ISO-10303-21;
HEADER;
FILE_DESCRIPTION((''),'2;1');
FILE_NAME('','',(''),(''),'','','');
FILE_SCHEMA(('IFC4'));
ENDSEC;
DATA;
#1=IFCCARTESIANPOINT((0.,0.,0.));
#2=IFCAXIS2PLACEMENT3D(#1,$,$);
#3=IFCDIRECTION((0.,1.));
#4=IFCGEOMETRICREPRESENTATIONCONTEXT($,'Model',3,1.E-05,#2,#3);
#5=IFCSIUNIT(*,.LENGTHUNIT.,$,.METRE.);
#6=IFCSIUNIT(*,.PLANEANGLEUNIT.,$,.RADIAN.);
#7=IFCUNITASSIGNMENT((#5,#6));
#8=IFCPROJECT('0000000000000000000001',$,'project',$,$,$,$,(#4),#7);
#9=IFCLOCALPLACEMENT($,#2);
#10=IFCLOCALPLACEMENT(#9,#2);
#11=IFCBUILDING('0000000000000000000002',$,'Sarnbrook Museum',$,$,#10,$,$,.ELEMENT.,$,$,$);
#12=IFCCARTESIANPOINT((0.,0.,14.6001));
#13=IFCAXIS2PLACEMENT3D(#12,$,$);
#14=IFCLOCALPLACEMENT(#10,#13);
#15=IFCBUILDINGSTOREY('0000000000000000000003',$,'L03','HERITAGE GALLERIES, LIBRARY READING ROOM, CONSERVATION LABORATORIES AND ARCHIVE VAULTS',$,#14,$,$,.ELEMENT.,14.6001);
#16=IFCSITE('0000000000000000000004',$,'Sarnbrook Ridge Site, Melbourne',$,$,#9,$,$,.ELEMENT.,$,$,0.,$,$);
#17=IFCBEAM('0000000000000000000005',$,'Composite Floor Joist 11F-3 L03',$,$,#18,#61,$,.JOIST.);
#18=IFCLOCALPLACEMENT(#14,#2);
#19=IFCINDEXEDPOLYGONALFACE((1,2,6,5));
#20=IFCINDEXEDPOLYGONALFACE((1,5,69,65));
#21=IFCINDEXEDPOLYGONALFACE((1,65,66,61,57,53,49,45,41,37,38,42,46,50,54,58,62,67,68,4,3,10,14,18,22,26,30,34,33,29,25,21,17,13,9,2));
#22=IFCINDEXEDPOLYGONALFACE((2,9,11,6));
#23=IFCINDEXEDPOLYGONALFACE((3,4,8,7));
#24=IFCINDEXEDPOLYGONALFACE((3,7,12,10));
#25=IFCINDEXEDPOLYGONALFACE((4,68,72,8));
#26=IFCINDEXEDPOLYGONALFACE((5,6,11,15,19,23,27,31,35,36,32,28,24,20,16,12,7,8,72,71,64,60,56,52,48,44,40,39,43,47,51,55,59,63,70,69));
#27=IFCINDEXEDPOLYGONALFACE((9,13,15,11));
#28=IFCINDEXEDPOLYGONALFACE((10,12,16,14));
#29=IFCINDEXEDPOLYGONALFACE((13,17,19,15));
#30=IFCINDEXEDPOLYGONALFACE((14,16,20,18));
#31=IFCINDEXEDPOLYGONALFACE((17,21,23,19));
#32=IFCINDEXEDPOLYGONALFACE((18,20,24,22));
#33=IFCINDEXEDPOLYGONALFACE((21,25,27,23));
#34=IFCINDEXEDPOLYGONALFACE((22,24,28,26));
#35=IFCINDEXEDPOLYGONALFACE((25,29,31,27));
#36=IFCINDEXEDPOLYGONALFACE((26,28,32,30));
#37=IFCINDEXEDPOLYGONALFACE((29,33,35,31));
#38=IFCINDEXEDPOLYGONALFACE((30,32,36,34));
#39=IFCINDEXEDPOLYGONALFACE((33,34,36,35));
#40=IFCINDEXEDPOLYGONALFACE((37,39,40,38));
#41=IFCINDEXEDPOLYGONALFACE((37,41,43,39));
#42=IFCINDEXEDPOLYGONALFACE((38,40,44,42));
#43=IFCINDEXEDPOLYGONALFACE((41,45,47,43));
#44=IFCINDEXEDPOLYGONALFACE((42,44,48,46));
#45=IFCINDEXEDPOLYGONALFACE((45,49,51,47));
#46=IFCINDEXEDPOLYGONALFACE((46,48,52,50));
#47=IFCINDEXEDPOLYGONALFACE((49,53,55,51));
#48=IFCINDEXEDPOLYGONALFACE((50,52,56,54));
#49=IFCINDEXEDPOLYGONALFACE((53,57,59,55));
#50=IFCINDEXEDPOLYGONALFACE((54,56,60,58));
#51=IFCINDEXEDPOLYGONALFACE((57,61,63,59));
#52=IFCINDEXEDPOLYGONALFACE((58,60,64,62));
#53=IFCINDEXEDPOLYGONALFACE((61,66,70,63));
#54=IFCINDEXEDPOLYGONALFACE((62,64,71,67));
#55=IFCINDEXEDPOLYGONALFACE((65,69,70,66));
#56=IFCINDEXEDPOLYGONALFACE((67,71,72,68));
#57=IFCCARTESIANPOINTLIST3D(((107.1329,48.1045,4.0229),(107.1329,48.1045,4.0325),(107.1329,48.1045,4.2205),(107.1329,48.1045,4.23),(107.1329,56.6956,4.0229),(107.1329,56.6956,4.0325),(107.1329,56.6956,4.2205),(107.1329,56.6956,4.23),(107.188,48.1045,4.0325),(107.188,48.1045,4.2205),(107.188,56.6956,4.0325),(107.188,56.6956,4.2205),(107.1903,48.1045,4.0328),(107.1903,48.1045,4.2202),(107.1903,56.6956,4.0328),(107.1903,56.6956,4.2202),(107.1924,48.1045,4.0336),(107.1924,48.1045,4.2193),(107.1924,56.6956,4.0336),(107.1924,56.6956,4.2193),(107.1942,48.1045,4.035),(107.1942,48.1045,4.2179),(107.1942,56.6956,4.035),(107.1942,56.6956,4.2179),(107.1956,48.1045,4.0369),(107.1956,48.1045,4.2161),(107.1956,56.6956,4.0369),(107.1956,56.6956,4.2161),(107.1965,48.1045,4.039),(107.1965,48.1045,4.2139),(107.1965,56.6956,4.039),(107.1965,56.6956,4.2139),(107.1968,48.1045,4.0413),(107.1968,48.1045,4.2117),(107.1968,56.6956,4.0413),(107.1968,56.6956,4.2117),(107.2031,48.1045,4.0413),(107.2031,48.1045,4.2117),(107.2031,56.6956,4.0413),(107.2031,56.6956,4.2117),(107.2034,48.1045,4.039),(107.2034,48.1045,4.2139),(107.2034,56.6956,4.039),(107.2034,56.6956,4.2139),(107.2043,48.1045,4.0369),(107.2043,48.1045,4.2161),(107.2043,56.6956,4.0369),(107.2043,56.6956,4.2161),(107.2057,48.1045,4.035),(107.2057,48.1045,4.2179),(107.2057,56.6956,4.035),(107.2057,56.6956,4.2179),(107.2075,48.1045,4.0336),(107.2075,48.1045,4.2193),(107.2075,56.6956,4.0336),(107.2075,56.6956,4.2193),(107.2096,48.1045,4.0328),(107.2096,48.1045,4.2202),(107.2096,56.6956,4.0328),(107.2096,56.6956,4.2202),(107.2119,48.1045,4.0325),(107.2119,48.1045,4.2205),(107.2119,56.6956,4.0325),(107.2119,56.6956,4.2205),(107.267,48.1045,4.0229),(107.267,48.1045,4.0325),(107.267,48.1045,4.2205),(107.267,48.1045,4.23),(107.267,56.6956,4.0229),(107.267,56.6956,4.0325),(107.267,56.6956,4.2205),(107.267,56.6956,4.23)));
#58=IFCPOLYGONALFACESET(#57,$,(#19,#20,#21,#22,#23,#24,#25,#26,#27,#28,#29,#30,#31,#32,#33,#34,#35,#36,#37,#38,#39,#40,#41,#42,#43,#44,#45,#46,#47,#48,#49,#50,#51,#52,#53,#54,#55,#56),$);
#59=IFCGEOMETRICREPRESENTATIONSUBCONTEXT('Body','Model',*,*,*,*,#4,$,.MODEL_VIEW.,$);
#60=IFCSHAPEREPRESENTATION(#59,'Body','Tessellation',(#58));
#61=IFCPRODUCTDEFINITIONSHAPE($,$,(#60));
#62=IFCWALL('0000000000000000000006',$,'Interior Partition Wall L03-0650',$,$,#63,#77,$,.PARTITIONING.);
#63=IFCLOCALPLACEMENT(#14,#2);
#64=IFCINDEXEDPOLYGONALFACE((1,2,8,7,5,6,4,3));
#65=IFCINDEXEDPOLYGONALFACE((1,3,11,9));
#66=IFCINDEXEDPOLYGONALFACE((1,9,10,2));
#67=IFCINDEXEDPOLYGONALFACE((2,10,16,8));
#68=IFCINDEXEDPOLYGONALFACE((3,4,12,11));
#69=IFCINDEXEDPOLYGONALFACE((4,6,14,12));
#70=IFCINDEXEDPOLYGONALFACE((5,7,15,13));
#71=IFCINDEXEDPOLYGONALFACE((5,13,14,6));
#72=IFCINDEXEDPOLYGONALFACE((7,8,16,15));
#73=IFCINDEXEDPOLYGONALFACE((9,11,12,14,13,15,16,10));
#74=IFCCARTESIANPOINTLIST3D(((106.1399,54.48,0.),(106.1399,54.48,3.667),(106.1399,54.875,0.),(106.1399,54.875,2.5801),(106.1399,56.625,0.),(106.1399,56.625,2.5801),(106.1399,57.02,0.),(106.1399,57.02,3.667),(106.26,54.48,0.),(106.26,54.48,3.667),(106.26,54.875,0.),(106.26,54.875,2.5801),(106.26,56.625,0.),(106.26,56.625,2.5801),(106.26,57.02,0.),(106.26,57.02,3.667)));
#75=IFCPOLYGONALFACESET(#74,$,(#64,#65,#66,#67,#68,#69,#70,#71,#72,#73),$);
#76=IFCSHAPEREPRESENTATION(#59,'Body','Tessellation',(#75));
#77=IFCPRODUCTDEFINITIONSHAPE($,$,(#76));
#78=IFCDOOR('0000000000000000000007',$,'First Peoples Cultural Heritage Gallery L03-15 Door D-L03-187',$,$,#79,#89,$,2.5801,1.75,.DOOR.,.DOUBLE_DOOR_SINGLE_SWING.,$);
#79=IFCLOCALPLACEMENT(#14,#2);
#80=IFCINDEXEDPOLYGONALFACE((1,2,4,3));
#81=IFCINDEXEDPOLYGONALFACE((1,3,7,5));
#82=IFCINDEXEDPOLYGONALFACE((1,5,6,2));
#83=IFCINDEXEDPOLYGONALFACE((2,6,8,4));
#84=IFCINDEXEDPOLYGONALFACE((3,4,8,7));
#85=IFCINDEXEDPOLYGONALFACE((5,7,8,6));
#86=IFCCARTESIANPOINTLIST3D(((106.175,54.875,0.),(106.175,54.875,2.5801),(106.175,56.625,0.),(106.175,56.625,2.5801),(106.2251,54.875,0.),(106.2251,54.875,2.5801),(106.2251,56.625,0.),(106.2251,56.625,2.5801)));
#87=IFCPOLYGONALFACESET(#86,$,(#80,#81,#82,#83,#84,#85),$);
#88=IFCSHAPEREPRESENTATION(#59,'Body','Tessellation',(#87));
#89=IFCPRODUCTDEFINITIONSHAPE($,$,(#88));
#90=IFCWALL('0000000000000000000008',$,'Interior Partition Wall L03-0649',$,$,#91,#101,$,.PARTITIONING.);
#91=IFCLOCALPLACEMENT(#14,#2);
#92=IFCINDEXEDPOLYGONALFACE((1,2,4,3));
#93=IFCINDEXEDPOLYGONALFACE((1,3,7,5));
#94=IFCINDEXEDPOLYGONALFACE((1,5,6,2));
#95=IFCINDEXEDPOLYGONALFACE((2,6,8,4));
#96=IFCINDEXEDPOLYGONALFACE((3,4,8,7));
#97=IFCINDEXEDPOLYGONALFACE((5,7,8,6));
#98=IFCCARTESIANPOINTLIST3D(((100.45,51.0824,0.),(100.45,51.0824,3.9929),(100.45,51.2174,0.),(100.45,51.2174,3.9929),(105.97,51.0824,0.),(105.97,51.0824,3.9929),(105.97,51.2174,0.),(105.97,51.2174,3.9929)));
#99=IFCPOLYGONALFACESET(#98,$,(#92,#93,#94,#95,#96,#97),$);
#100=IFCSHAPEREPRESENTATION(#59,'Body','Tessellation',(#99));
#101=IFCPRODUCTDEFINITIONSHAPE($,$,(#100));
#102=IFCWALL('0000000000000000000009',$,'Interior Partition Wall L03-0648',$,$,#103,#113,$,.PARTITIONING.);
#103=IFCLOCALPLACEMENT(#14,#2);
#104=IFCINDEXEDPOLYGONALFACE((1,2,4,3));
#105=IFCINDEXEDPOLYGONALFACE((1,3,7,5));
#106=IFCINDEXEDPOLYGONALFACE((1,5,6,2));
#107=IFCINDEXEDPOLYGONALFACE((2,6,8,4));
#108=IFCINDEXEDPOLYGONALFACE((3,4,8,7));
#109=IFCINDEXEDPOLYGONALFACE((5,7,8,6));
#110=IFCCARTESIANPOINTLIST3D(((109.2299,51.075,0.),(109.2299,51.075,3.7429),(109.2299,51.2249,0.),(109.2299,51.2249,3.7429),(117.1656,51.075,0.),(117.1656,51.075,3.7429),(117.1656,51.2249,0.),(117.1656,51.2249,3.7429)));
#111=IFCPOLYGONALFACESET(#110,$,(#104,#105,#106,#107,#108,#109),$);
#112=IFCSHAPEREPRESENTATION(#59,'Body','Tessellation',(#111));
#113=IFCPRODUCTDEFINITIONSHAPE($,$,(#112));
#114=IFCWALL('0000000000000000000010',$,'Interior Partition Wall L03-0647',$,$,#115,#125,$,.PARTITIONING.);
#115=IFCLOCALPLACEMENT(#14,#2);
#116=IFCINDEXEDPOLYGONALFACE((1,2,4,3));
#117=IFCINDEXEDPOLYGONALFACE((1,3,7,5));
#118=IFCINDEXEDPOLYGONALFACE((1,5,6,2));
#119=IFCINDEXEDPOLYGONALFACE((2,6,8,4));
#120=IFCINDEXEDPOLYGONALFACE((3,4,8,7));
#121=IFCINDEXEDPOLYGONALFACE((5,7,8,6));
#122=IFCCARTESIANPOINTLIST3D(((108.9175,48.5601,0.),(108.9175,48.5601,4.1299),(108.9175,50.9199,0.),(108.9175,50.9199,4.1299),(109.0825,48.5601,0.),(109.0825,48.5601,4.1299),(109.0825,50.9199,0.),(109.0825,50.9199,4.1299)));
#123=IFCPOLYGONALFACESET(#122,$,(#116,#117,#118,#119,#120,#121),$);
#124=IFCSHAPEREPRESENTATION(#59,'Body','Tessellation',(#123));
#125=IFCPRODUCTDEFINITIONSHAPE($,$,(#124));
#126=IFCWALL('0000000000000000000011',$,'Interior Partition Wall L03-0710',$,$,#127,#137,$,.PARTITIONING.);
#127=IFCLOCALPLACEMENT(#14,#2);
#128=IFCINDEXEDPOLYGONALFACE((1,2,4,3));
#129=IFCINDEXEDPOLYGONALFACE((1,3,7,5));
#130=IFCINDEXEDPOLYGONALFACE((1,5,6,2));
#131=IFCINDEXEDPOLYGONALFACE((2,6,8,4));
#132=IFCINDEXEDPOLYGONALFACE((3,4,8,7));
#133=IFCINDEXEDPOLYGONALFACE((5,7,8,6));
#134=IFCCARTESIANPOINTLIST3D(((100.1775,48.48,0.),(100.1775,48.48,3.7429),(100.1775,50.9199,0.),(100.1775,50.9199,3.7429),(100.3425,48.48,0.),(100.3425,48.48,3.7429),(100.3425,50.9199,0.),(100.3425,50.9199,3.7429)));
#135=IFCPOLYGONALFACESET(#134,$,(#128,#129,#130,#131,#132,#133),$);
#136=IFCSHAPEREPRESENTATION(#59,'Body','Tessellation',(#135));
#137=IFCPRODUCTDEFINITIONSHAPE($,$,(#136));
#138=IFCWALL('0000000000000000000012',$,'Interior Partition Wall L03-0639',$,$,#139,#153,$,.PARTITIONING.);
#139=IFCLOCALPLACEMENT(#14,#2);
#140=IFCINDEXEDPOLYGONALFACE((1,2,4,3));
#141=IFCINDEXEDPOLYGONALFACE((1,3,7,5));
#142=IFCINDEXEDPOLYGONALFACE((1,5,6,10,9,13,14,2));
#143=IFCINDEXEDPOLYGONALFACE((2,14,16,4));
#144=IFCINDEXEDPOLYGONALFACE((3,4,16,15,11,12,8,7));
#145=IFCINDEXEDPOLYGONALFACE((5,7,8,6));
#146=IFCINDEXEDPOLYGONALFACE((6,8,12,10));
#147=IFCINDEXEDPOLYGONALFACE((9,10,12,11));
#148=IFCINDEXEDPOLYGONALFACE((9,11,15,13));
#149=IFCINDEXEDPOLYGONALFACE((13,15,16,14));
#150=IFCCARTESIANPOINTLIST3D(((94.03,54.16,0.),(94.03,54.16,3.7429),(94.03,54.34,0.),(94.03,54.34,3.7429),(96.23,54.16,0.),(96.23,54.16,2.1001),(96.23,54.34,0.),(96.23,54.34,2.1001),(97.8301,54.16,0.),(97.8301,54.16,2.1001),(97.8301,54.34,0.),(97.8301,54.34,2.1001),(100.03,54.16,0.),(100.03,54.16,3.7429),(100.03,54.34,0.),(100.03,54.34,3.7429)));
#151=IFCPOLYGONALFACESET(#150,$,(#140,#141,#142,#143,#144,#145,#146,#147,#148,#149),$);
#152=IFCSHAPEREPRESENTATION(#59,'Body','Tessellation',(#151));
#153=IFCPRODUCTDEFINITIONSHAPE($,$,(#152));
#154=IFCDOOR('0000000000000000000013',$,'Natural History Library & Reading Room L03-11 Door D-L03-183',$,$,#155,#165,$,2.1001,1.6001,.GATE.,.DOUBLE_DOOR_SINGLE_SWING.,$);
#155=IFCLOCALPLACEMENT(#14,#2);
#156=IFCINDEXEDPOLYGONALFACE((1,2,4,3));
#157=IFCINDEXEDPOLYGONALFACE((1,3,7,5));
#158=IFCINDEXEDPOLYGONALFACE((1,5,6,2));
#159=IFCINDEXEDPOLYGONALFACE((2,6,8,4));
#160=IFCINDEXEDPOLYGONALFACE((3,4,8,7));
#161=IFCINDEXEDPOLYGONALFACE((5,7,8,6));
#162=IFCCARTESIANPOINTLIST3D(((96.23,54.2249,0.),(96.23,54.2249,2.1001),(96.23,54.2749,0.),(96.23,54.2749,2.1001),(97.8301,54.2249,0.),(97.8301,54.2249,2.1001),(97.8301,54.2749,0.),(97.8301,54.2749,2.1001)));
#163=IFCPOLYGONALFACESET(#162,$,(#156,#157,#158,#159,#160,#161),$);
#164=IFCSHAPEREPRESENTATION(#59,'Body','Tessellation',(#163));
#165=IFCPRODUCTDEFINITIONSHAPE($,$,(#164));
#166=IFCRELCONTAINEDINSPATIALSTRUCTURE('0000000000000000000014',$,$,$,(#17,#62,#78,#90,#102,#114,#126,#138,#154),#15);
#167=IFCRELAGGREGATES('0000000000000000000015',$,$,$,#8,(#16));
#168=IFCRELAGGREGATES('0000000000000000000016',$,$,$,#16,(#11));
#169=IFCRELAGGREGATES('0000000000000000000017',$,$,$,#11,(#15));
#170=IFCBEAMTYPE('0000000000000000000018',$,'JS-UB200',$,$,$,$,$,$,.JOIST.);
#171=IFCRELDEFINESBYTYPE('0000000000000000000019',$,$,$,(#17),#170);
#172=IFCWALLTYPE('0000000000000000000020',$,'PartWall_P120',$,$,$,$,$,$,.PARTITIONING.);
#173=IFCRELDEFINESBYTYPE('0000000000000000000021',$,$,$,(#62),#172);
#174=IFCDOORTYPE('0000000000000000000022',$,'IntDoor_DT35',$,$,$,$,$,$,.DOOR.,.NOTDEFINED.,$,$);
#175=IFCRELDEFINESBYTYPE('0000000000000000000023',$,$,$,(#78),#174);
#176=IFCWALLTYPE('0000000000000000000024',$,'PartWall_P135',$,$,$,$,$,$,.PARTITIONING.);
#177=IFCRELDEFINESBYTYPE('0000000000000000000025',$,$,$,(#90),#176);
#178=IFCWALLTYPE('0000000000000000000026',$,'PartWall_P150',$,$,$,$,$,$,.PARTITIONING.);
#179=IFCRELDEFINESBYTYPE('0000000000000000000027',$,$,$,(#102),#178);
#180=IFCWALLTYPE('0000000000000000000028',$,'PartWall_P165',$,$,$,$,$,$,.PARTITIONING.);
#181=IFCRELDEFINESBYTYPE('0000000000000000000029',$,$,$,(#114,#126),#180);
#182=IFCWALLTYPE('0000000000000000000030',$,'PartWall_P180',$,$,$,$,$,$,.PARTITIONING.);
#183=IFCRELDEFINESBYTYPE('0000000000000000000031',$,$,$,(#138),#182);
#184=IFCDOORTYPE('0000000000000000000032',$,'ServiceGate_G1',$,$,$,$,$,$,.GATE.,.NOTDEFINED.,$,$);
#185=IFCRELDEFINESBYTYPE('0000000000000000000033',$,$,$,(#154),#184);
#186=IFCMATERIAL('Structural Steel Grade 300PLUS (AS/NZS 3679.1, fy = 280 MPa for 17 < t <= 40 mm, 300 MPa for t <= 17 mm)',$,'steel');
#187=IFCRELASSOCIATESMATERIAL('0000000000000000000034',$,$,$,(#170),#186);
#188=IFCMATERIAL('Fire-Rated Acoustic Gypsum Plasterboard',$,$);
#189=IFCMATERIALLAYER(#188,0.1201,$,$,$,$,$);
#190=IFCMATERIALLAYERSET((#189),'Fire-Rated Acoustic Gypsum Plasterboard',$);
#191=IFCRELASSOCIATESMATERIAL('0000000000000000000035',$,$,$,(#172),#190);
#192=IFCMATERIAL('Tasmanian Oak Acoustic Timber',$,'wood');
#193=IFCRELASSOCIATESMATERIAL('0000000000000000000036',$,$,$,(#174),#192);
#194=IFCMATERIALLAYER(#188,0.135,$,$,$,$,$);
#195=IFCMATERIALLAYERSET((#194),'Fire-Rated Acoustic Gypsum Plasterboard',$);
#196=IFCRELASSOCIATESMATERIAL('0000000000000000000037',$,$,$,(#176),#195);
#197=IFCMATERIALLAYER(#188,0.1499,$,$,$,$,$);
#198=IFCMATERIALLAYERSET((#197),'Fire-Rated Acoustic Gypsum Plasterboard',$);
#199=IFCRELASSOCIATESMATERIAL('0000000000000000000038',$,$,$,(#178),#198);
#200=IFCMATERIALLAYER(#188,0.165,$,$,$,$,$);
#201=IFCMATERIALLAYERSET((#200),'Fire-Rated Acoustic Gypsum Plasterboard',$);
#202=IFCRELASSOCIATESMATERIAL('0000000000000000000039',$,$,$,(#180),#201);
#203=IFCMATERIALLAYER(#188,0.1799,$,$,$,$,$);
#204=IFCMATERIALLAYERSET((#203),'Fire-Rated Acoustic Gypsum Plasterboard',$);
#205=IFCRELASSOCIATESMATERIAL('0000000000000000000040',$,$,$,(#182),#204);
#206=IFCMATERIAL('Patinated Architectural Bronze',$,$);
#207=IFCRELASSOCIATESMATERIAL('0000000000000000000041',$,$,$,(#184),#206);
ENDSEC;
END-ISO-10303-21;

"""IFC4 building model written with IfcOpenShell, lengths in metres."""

from ifc_helpers import new_model, si_unit, direction, frame, frame_2d, origin, origin_2d, place, context, subcontext, project, spatial, rectangle, i_section, extrude, material, layer, layer_set, material_profile, profile_set, type_object, element, fill, save


model = new_model("IFC4")

# Units and contexts
model_context = context("Model", 3, precision=1e-05, world=origin(), true_north=direction((0.0, 1.0)))
body_context = subcontext(model_context, "Body", "Model", "MODEL_VIEW")
ifc_project = project(units=[si_unit("LENGTHUNIT", "METRE"), si_unit("PLANEANGLEUNIT", "RADIAN")], contexts=[model_context])

# Site, building, storey
site_placement = place(None, origin())
site = spatial("IfcSite", under=ifc_project, at=site_placement, Name="Sarnbrook Ridge Site, Melbourne", CompositionType="ELEMENT", RefElevation=0.0)
building_placement = place(site_placement, origin())
building = spatial("IfcBuilding", under=site, at=building_placement, Name="Sarnbrook Museum", CompositionType="ELEMENT")
storey_placement = place(building_placement, frame((0.0, 0.0, 14.6001)))
storey = spatial("IfcBuildingStorey", under=building, at=storey_placement, Name="L03", Description="HERITAGE GALLERIES, LIBRARY READING ROOM, CONSERVATION LABORATORIES AND ARCHIVE VAULTS", CompositionType="ELEMENT", Elevation=14.6001)

# Shared definitions
ifc_material_1 = material(Name="Structural Steel Grade 300PLUS (AS/NZS 3679.1, fy = 280 MPa for 17 < t <= 40 mm, 300 MPa for t <= 17 mm)", Category="steel")

# Beam
ifc_material_profile_1 = material_profile(ifc_material_1, i_section(OverallWidth=0.134, OverallDepth=0.207, WebThickness=0.0063, FlangeThickness=0.0095, FilletRadius=0.0088, at=origin_2d()), Name="200UB29.8")
ifc_profile_set_1 = profile_set([ifc_material_profile_1], Name="Structural Steel Grade 300PLUS (AS/NZS 3679.1, fy = 280 MPa for 17 < t <= 40 mm, 300 MPa for t <= 17 mm)")
beam_type_1 = type_object("IfcBeamType", Name="JS-UB200", PredefinedType="JOIST", material=ifc_profile_set_1)
for number, where, z_axis, x_axis, name in (
    (1, (107.2, 48.1045, 4.1265), (0.0, 1.0, 0.0), (-1.0, 0.0, 0.0), "Composite Floor Joist 11F-3 L03"),
):
    element("IfcBeam", number, at=place(storey_placement, frame(where, z_axis=z_axis, x_axis=x_axis)), inside=storey, type_object=beam_type_1, Name=name, PredefinedType="JOIST", context=body_context, shape_type="SweptSolid", body=[
        extrude(i_section(OverallWidth=0.134, OverallDepth=0.207, WebThickness=0.0063, FlangeThickness=0.0095, FilletRadius=0.0088, at=origin_2d()), origin(), (0.0, 0.0, 1.0), 8.5911),
    ])

# Wall, opening, door
ifc_material_2 = material(Name="Fire-Rated Acoustic Gypsum Plasterboard")
ifc_layer_1 = layer(ifc_material_2, 0.1201)
ifc_layer_set_1 = layer_set([ifc_layer_1], Name="Fire-Rated Acoustic Gypsum Plasterboard")
wall_type_1 = type_object("IfcWallType", Name="PartWall_P120", PredefinedType="PARTITIONING", material=ifc_layer_set_1)
wall_1_placement = place(storey_placement, frame((106.2, 57.02, 0.0), z_axis=(0.0, 0.0, 1.0), x_axis=(0.0, -1.0, 0.0)))
wall_1 = element("IfcWall", 2, at=wall_1_placement, inside=storey, type_object=wall_type_1, Name="Interior Partition Wall L03-0650", PredefinedType="PARTITIONING", context=body_context, shape_type="SweptSolid", body=[
    extrude(rectangle(XDim=2.54, YDim=0.1201, at=frame_2d((1.27, 0.0))), origin(), (0.0, 0.0, 1.0), 3.667),
])
opening_1_placement = place(wall_1_placement, frame((0.395, 0.0, 0.0)))
opening_1 = element("IfcOpeningElement", 3, at=opening_1_placement, cuts=wall_1, PredefinedType="OPENING", context=body_context, shape_type="SweptSolid", body=[
    extrude(rectangle(XDim=1.75, YDim=2.5801, at=frame_2d((0.875, 1.29))), frame((0.0, 0.0701, 0.0), z_axis=(0.0, -1.0, 0.0), x_axis=(1.0, 0.0, 0.0)), (0.0, 0.0, 1.0), 0.1401),
])
ifc_material_3 = material(Name="Tasmanian Oak Acoustic Timber", Category="wood")
door_type_1 = type_object("IfcDoorType", Name="IntDoor_DT35", OperationType="NOTDEFINED", PredefinedType="DOOR", material=ifc_material_3)
door_1_placement = place(opening_1_placement, frame((1.75, 0.0, 0.0), z_axis=(0.0, 0.0, 1.0), x_axis=(-1.0, 0.0, 0.0)))
door_1 = element("IfcDoor", 4, at=door_1_placement, inside=storey, type_object=door_type_1, Name="First Peoples Cultural Heritage Gallery L03-15 Door D-L03-187", OperationType="DOUBLE_DOOR_SINGLE_SWING", OverallHeight=2.5801, OverallWidth=1.75, PredefinedType="DOOR", context=body_context, shape_type="SweptSolid", body=[
    extrude(rectangle(XDim=1.75, YDim=2.5801, at=frame_2d((0.875, 1.29))), frame((0.0, 0.0249, 0.0), z_axis=(0.0, -1.0, 0.0), x_axis=(1.0, 0.0, 0.0)), (0.0, 0.0, 1.0), 0.05),
])
fill(opening_1, door_1)

# Walls
ifc_layer_2 = layer(ifc_material_2, 0.135)
ifc_layer_set_2 = layer_set([ifc_layer_2], Name="Fire-Rated Acoustic Gypsum Plasterboard")
wall_type_2 = type_object("IfcWallType", Name="PartWall_P135", PredefinedType="PARTITIONING", material=ifc_layer_set_2)
wall_2_placement = place(storey_placement, frame((100.45, 51.1499, 0.0), z_axis=(0.0, 0.0, 1.0), x_axis=(1.0, 0.0, 0.0)))
element("IfcWall", 5, at=wall_2_placement, inside=storey, type_object=wall_type_2, Name="Interior Partition Wall L03-0649", PredefinedType="PARTITIONING", context=body_context, shape_type="SweptSolid", body=[
    extrude(rectangle(XDim=5.52, YDim=0.135, at=frame_2d((2.76, 0.0))), origin(), (0.0, 0.0, 1.0), 3.9929),
])
ifc_layer_3 = layer(ifc_material_2, 0.1499)
ifc_layer_set_3 = layer_set([ifc_layer_3], Name="Fire-Rated Acoustic Gypsum Plasterboard")
wall_type_3 = type_object("IfcWallType", Name="PartWall_P150", PredefinedType="PARTITIONING", material=ifc_layer_set_3)
wall_3_placement = place(storey_placement, frame((109.23, 51.1499, 0.0), z_axis=(0.0, 0.0, 1.0), x_axis=(1.0, 0.0, 0.0)))
element("IfcWall", 6, at=wall_3_placement, inside=storey, type_object=wall_type_3, Name="Interior Partition Wall L03-0648", PredefinedType="PARTITIONING", context=body_context, shape_type="SweptSolid", body=[
    extrude(rectangle(XDim=7.9358, YDim=0.1499, at=frame_2d((3.9678, 0.0))), origin(), (0.0, 0.0, 1.0), 3.7429),
])
ifc_layer_4 = layer(ifc_material_2, 0.165)
ifc_layer_set_4 = layer_set([ifc_layer_4], Name="Fire-Rated Acoustic Gypsum Plasterboard")
wall_type_4 = type_object("IfcWallType", Name="PartWall_P165", PredefinedType="PARTITIONING", material=ifc_layer_set_4)
wall_4_placement = place(storey_placement, frame((109.0, 48.5601, 0.0), z_axis=(0.0, 0.0, 1.0), x_axis=(0.0, 1.0, 0.0)))
element("IfcWall", 7, at=wall_4_placement, inside=storey, type_object=wall_type_4, Name="Interior Partition Wall L03-0647", PredefinedType="PARTITIONING", context=body_context, shape_type="SweptSolid", body=[
    extrude(rectangle(XDim=2.3599, YDim=0.165, at=frame_2d((1.1799, 0.0))), origin(), (0.0, 0.0, 1.0), 4.1299),
])
wall_5_placement = place(storey_placement, frame((100.26, 50.9199, 0.0), z_axis=(0.0, 0.0, 1.0), x_axis=(0.0, -1.0, 0.0)))
element("IfcWall", 8, at=wall_5_placement, inside=storey, type_object=wall_type_4, Name="Interior Partition Wall L03-0710", PredefinedType="PARTITIONING", context=body_context, shape_type="SweptSolid", body=[
    extrude(rectangle(XDim=2.4399, YDim=0.165, at=frame_2d((1.22, 0.0))), origin(), (0.0, 0.0, 1.0), 3.7429),
])

# Wall, opening, door
ifc_layer_5 = layer(ifc_material_2, 0.1799)
ifc_layer_set_5 = layer_set([ifc_layer_5], Name="Fire-Rated Acoustic Gypsum Plasterboard")
wall_type_5 = type_object("IfcWallType", Name="PartWall_P180", PredefinedType="PARTITIONING", material=ifc_layer_set_5)
wall_6_placement = place(storey_placement, frame((100.03, 54.25, 0.0), z_axis=(0.0, 0.0, 1.0), x_axis=(-1.0, 0.0, 0.0)))
wall_6 = element("IfcWall", 9, at=wall_6_placement, inside=storey, type_object=wall_type_5, Name="Interior Partition Wall L03-0639", PredefinedType="PARTITIONING", context=body_context, shape_type="SweptSolid", body=[
    extrude(rectangle(XDim=6.0, YDim=0.1799, at=frame_2d((3.0, 0.0))), origin(), (0.0, 0.0, 1.0), 3.7429),
])
opening_2_placement = place(wall_6_placement, frame((2.2, 0.0, 0.0)))
opening_2 = element("IfcOpeningElement", 10, at=opening_2_placement, cuts=wall_6, PredefinedType="OPENING", context=body_context, shape_type="SweptSolid", body=[
    extrude(rectangle(XDim=1.6001, YDim=2.1001, at=frame_2d((0.8, 1.05))), frame((0.0, 0.1001, 0.0), z_axis=(0.0, -1.0, 0.0), x_axis=(1.0, 0.0, 0.0)), (0.0, 0.0, 1.0), 0.2),
])
ifc_material_4 = material(Name="Patinated Architectural Bronze")
door_type_2 = type_object("IfcDoorType", Name="ServiceGate_G1", OperationType="NOTDEFINED", PredefinedType="GATE", material=ifc_material_4)
door_2_placement = place(opening_2_placement, frame((1.6001, 0.0, 0.0), z_axis=(0.0, 0.0, 1.0), x_axis=(-1.0, 0.0, 0.0)))
door_2 = element("IfcDoor", 11, at=door_2_placement, inside=storey, type_object=door_type_2, Name="Natural History Library & Reading Room L03-11 Door D-L03-183", OperationType="DOUBLE_DOOR_SINGLE_SWING", OverallHeight=2.1001, OverallWidth=1.6001, PredefinedType="GATE", context=body_context, shape_type="SweptSolid", body=[
    extrude(rectangle(XDim=1.6001, YDim=2.1001, at=frame_2d((0.8, 1.05))), frame((0.0, 0.0249, 0.0), z_axis=(0.0, -1.0, 0.0), x_axis=(1.0, 0.0, 0.0)), (0.0, 0.0, 1.0), 0.05),
])
fill(opening_2, door_2)

save(model, "model.ifc")
